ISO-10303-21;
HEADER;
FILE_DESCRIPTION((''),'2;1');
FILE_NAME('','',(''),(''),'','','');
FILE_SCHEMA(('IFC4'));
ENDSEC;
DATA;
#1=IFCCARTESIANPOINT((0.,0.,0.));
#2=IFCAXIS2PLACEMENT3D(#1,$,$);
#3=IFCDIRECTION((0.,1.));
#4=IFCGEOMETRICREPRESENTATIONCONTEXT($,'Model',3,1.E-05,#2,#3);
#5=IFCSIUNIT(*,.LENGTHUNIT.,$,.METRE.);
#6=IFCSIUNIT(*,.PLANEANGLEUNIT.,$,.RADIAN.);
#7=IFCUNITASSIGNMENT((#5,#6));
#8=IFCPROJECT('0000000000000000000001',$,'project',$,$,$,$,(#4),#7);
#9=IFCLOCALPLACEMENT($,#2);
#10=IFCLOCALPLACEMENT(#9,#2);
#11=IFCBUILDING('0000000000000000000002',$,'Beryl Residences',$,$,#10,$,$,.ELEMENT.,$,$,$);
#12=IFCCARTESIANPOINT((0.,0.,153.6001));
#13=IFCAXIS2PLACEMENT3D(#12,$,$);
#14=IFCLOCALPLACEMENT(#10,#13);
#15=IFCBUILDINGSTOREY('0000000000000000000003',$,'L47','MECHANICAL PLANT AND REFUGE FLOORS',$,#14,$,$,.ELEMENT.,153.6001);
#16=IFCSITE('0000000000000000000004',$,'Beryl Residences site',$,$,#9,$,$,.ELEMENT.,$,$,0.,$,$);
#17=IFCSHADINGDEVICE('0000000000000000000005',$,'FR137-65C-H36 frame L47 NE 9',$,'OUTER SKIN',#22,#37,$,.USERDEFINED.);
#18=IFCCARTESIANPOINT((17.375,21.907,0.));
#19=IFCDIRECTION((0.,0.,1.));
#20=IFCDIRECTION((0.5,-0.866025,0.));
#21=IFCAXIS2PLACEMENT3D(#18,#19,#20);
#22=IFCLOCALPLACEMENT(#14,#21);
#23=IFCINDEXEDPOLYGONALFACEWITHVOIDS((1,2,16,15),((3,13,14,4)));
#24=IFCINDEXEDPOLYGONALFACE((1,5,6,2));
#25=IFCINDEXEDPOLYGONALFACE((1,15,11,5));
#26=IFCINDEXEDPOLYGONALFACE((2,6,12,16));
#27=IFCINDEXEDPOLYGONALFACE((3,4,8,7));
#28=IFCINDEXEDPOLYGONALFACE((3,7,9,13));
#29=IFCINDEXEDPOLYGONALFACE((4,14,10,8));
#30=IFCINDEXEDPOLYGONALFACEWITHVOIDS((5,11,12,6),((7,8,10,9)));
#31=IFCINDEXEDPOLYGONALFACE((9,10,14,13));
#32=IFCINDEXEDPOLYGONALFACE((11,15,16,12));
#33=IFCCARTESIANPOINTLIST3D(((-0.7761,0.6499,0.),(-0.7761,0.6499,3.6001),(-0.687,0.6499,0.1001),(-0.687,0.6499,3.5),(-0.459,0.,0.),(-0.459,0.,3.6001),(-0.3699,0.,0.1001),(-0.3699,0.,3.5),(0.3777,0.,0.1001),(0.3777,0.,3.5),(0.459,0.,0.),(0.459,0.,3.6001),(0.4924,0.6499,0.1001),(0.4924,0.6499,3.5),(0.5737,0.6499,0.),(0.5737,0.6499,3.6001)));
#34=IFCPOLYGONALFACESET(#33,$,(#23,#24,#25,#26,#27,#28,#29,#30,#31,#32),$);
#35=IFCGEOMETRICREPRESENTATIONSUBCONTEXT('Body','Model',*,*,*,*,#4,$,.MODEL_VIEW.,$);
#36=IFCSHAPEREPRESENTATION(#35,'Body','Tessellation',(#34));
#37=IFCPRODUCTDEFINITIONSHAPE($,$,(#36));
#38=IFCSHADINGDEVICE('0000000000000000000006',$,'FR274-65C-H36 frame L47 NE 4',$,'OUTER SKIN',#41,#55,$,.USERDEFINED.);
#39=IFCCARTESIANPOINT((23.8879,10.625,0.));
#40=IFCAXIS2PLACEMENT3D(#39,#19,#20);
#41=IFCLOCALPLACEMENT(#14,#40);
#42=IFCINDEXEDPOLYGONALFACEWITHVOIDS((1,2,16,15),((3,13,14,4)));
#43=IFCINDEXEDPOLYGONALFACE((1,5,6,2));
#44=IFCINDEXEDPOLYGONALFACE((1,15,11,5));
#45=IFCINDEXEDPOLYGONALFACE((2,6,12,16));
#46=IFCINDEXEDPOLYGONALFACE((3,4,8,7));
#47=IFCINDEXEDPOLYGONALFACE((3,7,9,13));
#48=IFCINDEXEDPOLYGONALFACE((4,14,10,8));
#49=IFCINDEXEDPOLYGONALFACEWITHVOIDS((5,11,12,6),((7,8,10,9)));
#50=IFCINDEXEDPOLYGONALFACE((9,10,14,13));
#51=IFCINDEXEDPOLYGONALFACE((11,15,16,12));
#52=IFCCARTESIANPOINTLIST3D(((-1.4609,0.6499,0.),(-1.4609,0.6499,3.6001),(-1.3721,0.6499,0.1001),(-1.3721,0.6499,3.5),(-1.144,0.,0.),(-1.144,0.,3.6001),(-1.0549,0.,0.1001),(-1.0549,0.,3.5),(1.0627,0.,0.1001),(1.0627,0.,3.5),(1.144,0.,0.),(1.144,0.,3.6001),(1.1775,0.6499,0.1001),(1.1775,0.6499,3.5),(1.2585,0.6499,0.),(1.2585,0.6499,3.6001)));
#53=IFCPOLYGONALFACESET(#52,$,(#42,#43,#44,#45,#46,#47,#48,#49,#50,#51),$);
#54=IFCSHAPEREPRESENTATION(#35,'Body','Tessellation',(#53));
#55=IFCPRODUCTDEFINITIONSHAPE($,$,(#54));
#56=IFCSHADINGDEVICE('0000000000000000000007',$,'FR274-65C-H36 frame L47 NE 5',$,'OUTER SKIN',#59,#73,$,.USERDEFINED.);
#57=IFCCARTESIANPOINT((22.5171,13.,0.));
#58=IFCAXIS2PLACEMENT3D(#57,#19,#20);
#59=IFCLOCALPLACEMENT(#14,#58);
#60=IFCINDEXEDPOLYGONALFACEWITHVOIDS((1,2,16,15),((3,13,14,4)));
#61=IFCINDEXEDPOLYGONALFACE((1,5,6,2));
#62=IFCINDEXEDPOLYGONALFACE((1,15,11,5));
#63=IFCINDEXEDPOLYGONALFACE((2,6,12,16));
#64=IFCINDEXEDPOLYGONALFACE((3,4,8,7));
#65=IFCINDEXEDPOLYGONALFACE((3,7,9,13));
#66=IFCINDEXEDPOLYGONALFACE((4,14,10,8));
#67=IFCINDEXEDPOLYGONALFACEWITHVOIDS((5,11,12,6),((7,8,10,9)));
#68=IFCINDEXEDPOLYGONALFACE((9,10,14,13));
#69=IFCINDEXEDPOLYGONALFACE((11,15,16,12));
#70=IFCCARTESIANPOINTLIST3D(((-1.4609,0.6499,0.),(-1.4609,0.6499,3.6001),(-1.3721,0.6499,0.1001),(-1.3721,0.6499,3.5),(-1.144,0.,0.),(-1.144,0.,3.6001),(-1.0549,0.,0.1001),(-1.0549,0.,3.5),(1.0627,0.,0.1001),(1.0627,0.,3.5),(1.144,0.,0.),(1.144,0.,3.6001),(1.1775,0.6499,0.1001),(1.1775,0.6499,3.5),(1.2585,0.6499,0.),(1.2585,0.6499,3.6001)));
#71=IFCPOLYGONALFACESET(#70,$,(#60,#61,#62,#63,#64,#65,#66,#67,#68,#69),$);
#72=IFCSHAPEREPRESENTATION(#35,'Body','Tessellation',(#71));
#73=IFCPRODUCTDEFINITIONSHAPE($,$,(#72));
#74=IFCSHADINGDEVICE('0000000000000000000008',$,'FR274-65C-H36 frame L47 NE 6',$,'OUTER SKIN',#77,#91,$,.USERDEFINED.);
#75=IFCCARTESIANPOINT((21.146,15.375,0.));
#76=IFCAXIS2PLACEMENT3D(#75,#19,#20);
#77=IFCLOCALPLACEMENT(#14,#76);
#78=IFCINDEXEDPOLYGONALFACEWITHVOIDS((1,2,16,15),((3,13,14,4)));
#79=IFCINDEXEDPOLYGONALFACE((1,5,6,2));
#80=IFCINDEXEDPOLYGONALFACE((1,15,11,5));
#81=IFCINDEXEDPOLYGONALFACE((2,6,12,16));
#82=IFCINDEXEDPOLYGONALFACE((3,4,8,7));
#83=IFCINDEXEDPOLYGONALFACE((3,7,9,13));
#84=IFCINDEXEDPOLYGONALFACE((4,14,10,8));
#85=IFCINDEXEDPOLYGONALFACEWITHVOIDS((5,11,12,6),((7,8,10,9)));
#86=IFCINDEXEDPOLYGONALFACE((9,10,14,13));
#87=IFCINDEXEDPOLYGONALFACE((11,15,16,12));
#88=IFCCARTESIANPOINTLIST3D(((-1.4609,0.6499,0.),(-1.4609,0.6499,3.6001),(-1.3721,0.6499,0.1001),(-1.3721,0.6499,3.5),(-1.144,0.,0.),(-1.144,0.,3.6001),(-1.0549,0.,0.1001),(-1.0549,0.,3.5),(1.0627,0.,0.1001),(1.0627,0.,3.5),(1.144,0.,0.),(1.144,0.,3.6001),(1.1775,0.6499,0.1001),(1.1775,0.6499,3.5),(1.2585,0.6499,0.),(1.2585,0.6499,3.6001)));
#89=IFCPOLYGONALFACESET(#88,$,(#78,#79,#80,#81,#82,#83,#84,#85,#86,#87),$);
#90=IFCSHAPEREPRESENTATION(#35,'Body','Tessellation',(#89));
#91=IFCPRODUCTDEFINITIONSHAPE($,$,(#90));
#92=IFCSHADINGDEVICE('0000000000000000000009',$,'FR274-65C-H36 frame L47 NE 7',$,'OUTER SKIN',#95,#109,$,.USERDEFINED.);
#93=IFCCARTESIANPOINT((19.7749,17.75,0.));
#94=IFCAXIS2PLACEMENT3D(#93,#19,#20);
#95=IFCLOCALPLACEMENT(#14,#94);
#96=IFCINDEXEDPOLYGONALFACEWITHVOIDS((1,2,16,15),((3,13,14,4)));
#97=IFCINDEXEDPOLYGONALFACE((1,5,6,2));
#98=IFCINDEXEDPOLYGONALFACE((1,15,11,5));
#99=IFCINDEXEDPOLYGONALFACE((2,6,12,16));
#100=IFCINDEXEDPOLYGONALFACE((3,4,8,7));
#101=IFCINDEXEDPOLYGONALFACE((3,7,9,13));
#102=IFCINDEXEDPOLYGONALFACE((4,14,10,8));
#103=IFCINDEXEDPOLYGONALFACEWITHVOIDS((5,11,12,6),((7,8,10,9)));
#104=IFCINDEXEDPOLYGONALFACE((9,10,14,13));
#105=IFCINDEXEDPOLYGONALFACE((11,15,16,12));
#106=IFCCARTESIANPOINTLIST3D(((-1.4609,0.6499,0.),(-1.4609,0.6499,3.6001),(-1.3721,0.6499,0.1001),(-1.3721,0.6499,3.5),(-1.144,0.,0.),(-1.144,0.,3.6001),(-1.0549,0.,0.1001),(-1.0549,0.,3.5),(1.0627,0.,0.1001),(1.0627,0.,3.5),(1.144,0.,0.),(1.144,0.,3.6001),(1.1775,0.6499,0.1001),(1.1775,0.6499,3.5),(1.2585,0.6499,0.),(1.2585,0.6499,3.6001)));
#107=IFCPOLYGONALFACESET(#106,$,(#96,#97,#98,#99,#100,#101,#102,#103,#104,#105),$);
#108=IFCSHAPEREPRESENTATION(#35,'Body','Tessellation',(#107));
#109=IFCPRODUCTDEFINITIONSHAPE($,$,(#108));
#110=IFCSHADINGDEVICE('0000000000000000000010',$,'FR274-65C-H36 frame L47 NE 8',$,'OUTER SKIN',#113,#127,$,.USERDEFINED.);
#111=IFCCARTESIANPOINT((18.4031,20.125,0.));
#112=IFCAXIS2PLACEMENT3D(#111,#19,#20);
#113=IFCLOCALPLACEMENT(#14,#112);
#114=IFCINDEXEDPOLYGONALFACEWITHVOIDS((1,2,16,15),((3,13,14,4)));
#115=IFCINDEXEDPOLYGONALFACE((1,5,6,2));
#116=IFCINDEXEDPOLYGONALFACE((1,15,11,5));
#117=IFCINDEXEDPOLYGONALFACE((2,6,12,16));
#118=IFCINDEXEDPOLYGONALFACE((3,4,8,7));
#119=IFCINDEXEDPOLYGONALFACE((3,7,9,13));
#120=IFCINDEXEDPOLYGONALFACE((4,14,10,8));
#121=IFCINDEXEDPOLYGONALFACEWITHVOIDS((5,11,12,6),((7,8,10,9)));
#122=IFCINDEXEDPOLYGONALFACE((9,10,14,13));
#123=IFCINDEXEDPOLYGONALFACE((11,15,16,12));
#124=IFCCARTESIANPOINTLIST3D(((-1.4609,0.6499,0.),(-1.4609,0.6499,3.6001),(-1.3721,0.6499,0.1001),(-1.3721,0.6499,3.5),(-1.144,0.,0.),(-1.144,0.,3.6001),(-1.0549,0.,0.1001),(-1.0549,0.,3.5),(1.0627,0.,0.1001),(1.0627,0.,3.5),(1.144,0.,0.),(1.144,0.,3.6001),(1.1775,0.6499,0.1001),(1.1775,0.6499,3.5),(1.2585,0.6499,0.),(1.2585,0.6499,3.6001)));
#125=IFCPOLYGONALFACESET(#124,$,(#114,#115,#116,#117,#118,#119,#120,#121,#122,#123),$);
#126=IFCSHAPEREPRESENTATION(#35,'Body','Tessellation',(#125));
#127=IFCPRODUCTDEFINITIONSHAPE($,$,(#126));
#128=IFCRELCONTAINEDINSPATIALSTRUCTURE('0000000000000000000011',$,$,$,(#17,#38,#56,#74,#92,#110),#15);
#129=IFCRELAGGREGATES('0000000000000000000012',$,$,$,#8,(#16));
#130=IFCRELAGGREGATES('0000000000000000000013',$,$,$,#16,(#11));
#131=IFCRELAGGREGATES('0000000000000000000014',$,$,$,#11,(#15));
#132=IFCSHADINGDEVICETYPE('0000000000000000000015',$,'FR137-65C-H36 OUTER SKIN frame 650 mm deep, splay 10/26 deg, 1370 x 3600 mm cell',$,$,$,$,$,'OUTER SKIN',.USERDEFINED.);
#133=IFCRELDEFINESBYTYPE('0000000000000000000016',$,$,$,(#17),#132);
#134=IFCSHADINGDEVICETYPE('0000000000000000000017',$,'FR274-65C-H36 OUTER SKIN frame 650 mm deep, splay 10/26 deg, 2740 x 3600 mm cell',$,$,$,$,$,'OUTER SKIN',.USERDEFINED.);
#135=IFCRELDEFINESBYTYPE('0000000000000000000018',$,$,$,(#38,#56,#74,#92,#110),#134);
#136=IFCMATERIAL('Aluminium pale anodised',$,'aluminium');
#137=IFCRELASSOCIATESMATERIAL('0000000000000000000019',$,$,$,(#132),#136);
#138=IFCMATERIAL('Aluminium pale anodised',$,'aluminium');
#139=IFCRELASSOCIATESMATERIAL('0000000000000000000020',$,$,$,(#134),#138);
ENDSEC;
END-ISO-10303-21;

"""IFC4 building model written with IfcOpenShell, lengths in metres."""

from ifc_helpers import new_model, entity, si_unit, direction, frame, origin, place, context, subcontext, project, spatial, source, transform, mapped, material, type_object, type_shapes, element, save


model = new_model("IFC4")

# Units and contexts
model_context = context("Model", 3, precision=1e-05, world=origin(), true_north=direction((0.0, 1.0)))
body_context = subcontext(model_context, "Body", "Model", "MODEL_VIEW")
ifc_project = project(units=[si_unit("LENGTHUNIT", "METRE"), si_unit("PLANEANGLEUNIT", "RADIAN")], contexts=[model_context])

# Site, building, storey
site_placement = place(None, origin())
site = spatial("IfcSite", under=ifc_project, at=site_placement, Name="Beryl Residences site", CompositionType="ELEMENT", RefElevation=0.0)
building_placement = place(site_placement, origin())
building = spatial("IfcBuilding", under=site, at=building_placement, Name="Beryl Residences", CompositionType="ELEMENT")
storey_placement = place(building_placement, frame((0.0, 0.0, 153.6001)))
storey = spatial("IfcBuildingStorey", under=building, at=storey_placement, Name="L47", Description="MECHANICAL PLANT AND REFUGE FLOORS", CompositionType="ELEMENT", Elevation=153.6001)

# Shading devices
ifc_material_1 = material(Name="Aluminium pale anodised", Category="aluminium")
shading_device_type_1 = type_object("IfcShadingDeviceType", Name="FR137-65C-H36 OUTER SKIN frame 650 mm deep, splay 10/26 deg, 1370 x 3600 mm cell", ElementType="OUTER SKIN", PredefinedType="USERDEFINED", material=ifc_material_1)
cartesian_point_1 = entity("IfcCartesianPoint", [-0.459, 0.0])
cartesian_point_2 = entity("IfcCartesianPoint", [-0.3777, 0.1001])
cartesian_point_3 = entity("IfcCartesianPoint", [-0.5737, 0.0])
cartesian_point_4 = entity("IfcCartesianPoint", [-0.4924, 0.1001])
shared_shape_1 = source(origin(), body_context, "Body", "SweptSolid", [
    entity("IfcExtrudedAreaSolidTapered", entity("IfcArbitraryProfileDefWithVoids", "AREA", None, entity("IfcPolyline", [cartesian_point_1, entity("IfcCartesianPoint", [0.459, 0.0]), entity("IfcCartesianPoint", [0.459, 3.6001]), entity("IfcCartesianPoint", [-0.459, 3.6001]), cartesian_point_1]), [entity("IfcPolyline", [cartesian_point_2, entity("IfcCartesianPoint", [0.3699, 0.1001]), entity("IfcCartesianPoint", [0.3699, 3.5]), entity("IfcCartesianPoint", [-0.3777, 3.5]), cartesian_point_2])]), entity("IfcAxis2Placement3D", entity("IfcCartesianPoint", [0.0, 0.0, 0.0]), entity("IfcDirection", [0.0, 1.0, 0.0]), entity("IfcDirection", [-1.0, 0.0, 0.0])), entity("IfcDirection", [0.0, 0.0, 1.0]), 0.6499, entity("IfcArbitraryProfileDefWithVoids", "AREA", None, entity("IfcPolyline", [cartesian_point_3, entity("IfcCartesianPoint", [0.7761, 0.0]), entity("IfcCartesianPoint", [0.7761, 3.6001]), entity("IfcCartesianPoint", [-0.5737, 3.6001]), cartesian_point_3]), [entity("IfcPolyline", [cartesian_point_4, entity("IfcCartesianPoint", [0.687, 0.1001]), entity("IfcCartesianPoint", [0.687, 3.5]), entity("IfcCartesianPoint", [-0.4924, 3.5]), cartesian_point_4])])),
])
type_shapes(shading_device_type_1, [shared_shape_1])
shading_device_placement = place(storey_placement, frame((17.375, 21.907, 0.0), z_axis=(0.0, 0.0, 1.0), x_axis=(0.5, -0.866025, 0.0)))
element("IfcShadingDevice", 1, at=shading_device_placement, inside=storey, type_object=shading_device_type_1, Name="FR137-65C-H36 frame L47 NE 9", ObjectType="OUTER SKIN", PredefinedType="USERDEFINED", context=body_context, shape_type="MappedRepresentation", body=[
    mapped(shared_shape_1, transform((0.0, 0.0, 0.0))),
])
ifc_material_2 = material(Name="Aluminium pale anodised", Category="aluminium")
shading_device_type_2 = type_object("IfcShadingDeviceType", Name="FR274-65C-H36 OUTER SKIN frame 650 mm deep, splay 10/26 deg, 2740 x 3600 mm cell", ElementType="OUTER SKIN", PredefinedType="USERDEFINED", material=ifc_material_2)
cartesian_point_5 = entity("IfcCartesianPoint", [-1.144, 0.0])
cartesian_point_6 = entity("IfcCartesianPoint", [-1.0627, 0.1001])
cartesian_point_7 = entity("IfcCartesianPoint", [-1.2585, 0.0])
cartesian_point_8 = entity("IfcCartesianPoint", [-1.1775, 0.1001])
shared_shape_2 = source(origin(), body_context, "Body", "SweptSolid", [
    entity("IfcExtrudedAreaSolidTapered", entity("IfcArbitraryProfileDefWithVoids", "AREA", None, entity("IfcPolyline", [cartesian_point_5, entity("IfcCartesianPoint", [1.144, 0.0]), entity("IfcCartesianPoint", [1.144, 3.6001]), entity("IfcCartesianPoint", [-1.144, 3.6001]), cartesian_point_5]), [entity("IfcPolyline", [cartesian_point_6, entity("IfcCartesianPoint", [1.0549, 0.1001]), entity("IfcCartesianPoint", [1.0549, 3.5]), entity("IfcCartesianPoint", [-1.0627, 3.5]), cartesian_point_6])]), entity("IfcAxis2Placement3D", entity("IfcCartesianPoint", [0.0, 0.0, 0.0]), entity("IfcDirection", [0.0, 1.0, 0.0]), entity("IfcDirection", [-1.0, 0.0, 0.0])), entity("IfcDirection", [0.0, 0.0, 1.0]), 0.6499, entity("IfcArbitraryProfileDefWithVoids", "AREA", None, entity("IfcPolyline", [cartesian_point_7, entity("IfcCartesianPoint", [1.4609, 0.0]), entity("IfcCartesianPoint", [1.4609, 3.6001]), entity("IfcCartesianPoint", [-1.2585, 3.6001]), cartesian_point_7]), [entity("IfcPolyline", [cartesian_point_8, entity("IfcCartesianPoint", [1.3721, 0.1001]), entity("IfcCartesianPoint", [1.3721, 3.5]), entity("IfcCartesianPoint", [-1.1775, 3.5]), cartesian_point_8])])),
])
type_shapes(shading_device_type_2, [shared_shape_2])
for number, where, z_axis, x_axis, name in (
    (2, (23.8879, 10.625, 0.0), (0.0, 0.0, 1.0), (0.5, -0.866025, 0.0), "FR274-65C-H36 frame L47 NE 4"),
    (3, (22.5171, 13.0, 0.0), (0.0, 0.0, 1.0), (0.5, -0.866025, 0.0), "FR274-65C-H36 frame L47 NE 5"),
    (4, (21.146, 15.375, 0.0), (0.0, 0.0, 1.0), (0.5, -0.866025, 0.0), "FR274-65C-H36 frame L47 NE 6"),
    (5, (19.7749, 17.75, 0.0), (0.0, 0.0, 1.0), (0.5, -0.866025, 0.0), "FR274-65C-H36 frame L47 NE 7"),
    (6, (18.4031, 20.125, 0.0), (0.0, 0.0, 1.0), (0.5, -0.866025, 0.0), "FR274-65C-H36 frame L47 NE 8"),
):
    element("IfcShadingDevice", number, at=place(storey_placement, frame(where, z_axis=z_axis, x_axis=x_axis)), inside=storey, type_object=shading_device_type_2, Name=name, ObjectType="OUTER SKIN", PredefinedType="USERDEFINED", context=body_context, shape_type="MappedRepresentation", body=[
        mapped(shared_shape_2, transform((0.0, 0.0, 0.0))),
    ])

save(model, "model.ifc")
